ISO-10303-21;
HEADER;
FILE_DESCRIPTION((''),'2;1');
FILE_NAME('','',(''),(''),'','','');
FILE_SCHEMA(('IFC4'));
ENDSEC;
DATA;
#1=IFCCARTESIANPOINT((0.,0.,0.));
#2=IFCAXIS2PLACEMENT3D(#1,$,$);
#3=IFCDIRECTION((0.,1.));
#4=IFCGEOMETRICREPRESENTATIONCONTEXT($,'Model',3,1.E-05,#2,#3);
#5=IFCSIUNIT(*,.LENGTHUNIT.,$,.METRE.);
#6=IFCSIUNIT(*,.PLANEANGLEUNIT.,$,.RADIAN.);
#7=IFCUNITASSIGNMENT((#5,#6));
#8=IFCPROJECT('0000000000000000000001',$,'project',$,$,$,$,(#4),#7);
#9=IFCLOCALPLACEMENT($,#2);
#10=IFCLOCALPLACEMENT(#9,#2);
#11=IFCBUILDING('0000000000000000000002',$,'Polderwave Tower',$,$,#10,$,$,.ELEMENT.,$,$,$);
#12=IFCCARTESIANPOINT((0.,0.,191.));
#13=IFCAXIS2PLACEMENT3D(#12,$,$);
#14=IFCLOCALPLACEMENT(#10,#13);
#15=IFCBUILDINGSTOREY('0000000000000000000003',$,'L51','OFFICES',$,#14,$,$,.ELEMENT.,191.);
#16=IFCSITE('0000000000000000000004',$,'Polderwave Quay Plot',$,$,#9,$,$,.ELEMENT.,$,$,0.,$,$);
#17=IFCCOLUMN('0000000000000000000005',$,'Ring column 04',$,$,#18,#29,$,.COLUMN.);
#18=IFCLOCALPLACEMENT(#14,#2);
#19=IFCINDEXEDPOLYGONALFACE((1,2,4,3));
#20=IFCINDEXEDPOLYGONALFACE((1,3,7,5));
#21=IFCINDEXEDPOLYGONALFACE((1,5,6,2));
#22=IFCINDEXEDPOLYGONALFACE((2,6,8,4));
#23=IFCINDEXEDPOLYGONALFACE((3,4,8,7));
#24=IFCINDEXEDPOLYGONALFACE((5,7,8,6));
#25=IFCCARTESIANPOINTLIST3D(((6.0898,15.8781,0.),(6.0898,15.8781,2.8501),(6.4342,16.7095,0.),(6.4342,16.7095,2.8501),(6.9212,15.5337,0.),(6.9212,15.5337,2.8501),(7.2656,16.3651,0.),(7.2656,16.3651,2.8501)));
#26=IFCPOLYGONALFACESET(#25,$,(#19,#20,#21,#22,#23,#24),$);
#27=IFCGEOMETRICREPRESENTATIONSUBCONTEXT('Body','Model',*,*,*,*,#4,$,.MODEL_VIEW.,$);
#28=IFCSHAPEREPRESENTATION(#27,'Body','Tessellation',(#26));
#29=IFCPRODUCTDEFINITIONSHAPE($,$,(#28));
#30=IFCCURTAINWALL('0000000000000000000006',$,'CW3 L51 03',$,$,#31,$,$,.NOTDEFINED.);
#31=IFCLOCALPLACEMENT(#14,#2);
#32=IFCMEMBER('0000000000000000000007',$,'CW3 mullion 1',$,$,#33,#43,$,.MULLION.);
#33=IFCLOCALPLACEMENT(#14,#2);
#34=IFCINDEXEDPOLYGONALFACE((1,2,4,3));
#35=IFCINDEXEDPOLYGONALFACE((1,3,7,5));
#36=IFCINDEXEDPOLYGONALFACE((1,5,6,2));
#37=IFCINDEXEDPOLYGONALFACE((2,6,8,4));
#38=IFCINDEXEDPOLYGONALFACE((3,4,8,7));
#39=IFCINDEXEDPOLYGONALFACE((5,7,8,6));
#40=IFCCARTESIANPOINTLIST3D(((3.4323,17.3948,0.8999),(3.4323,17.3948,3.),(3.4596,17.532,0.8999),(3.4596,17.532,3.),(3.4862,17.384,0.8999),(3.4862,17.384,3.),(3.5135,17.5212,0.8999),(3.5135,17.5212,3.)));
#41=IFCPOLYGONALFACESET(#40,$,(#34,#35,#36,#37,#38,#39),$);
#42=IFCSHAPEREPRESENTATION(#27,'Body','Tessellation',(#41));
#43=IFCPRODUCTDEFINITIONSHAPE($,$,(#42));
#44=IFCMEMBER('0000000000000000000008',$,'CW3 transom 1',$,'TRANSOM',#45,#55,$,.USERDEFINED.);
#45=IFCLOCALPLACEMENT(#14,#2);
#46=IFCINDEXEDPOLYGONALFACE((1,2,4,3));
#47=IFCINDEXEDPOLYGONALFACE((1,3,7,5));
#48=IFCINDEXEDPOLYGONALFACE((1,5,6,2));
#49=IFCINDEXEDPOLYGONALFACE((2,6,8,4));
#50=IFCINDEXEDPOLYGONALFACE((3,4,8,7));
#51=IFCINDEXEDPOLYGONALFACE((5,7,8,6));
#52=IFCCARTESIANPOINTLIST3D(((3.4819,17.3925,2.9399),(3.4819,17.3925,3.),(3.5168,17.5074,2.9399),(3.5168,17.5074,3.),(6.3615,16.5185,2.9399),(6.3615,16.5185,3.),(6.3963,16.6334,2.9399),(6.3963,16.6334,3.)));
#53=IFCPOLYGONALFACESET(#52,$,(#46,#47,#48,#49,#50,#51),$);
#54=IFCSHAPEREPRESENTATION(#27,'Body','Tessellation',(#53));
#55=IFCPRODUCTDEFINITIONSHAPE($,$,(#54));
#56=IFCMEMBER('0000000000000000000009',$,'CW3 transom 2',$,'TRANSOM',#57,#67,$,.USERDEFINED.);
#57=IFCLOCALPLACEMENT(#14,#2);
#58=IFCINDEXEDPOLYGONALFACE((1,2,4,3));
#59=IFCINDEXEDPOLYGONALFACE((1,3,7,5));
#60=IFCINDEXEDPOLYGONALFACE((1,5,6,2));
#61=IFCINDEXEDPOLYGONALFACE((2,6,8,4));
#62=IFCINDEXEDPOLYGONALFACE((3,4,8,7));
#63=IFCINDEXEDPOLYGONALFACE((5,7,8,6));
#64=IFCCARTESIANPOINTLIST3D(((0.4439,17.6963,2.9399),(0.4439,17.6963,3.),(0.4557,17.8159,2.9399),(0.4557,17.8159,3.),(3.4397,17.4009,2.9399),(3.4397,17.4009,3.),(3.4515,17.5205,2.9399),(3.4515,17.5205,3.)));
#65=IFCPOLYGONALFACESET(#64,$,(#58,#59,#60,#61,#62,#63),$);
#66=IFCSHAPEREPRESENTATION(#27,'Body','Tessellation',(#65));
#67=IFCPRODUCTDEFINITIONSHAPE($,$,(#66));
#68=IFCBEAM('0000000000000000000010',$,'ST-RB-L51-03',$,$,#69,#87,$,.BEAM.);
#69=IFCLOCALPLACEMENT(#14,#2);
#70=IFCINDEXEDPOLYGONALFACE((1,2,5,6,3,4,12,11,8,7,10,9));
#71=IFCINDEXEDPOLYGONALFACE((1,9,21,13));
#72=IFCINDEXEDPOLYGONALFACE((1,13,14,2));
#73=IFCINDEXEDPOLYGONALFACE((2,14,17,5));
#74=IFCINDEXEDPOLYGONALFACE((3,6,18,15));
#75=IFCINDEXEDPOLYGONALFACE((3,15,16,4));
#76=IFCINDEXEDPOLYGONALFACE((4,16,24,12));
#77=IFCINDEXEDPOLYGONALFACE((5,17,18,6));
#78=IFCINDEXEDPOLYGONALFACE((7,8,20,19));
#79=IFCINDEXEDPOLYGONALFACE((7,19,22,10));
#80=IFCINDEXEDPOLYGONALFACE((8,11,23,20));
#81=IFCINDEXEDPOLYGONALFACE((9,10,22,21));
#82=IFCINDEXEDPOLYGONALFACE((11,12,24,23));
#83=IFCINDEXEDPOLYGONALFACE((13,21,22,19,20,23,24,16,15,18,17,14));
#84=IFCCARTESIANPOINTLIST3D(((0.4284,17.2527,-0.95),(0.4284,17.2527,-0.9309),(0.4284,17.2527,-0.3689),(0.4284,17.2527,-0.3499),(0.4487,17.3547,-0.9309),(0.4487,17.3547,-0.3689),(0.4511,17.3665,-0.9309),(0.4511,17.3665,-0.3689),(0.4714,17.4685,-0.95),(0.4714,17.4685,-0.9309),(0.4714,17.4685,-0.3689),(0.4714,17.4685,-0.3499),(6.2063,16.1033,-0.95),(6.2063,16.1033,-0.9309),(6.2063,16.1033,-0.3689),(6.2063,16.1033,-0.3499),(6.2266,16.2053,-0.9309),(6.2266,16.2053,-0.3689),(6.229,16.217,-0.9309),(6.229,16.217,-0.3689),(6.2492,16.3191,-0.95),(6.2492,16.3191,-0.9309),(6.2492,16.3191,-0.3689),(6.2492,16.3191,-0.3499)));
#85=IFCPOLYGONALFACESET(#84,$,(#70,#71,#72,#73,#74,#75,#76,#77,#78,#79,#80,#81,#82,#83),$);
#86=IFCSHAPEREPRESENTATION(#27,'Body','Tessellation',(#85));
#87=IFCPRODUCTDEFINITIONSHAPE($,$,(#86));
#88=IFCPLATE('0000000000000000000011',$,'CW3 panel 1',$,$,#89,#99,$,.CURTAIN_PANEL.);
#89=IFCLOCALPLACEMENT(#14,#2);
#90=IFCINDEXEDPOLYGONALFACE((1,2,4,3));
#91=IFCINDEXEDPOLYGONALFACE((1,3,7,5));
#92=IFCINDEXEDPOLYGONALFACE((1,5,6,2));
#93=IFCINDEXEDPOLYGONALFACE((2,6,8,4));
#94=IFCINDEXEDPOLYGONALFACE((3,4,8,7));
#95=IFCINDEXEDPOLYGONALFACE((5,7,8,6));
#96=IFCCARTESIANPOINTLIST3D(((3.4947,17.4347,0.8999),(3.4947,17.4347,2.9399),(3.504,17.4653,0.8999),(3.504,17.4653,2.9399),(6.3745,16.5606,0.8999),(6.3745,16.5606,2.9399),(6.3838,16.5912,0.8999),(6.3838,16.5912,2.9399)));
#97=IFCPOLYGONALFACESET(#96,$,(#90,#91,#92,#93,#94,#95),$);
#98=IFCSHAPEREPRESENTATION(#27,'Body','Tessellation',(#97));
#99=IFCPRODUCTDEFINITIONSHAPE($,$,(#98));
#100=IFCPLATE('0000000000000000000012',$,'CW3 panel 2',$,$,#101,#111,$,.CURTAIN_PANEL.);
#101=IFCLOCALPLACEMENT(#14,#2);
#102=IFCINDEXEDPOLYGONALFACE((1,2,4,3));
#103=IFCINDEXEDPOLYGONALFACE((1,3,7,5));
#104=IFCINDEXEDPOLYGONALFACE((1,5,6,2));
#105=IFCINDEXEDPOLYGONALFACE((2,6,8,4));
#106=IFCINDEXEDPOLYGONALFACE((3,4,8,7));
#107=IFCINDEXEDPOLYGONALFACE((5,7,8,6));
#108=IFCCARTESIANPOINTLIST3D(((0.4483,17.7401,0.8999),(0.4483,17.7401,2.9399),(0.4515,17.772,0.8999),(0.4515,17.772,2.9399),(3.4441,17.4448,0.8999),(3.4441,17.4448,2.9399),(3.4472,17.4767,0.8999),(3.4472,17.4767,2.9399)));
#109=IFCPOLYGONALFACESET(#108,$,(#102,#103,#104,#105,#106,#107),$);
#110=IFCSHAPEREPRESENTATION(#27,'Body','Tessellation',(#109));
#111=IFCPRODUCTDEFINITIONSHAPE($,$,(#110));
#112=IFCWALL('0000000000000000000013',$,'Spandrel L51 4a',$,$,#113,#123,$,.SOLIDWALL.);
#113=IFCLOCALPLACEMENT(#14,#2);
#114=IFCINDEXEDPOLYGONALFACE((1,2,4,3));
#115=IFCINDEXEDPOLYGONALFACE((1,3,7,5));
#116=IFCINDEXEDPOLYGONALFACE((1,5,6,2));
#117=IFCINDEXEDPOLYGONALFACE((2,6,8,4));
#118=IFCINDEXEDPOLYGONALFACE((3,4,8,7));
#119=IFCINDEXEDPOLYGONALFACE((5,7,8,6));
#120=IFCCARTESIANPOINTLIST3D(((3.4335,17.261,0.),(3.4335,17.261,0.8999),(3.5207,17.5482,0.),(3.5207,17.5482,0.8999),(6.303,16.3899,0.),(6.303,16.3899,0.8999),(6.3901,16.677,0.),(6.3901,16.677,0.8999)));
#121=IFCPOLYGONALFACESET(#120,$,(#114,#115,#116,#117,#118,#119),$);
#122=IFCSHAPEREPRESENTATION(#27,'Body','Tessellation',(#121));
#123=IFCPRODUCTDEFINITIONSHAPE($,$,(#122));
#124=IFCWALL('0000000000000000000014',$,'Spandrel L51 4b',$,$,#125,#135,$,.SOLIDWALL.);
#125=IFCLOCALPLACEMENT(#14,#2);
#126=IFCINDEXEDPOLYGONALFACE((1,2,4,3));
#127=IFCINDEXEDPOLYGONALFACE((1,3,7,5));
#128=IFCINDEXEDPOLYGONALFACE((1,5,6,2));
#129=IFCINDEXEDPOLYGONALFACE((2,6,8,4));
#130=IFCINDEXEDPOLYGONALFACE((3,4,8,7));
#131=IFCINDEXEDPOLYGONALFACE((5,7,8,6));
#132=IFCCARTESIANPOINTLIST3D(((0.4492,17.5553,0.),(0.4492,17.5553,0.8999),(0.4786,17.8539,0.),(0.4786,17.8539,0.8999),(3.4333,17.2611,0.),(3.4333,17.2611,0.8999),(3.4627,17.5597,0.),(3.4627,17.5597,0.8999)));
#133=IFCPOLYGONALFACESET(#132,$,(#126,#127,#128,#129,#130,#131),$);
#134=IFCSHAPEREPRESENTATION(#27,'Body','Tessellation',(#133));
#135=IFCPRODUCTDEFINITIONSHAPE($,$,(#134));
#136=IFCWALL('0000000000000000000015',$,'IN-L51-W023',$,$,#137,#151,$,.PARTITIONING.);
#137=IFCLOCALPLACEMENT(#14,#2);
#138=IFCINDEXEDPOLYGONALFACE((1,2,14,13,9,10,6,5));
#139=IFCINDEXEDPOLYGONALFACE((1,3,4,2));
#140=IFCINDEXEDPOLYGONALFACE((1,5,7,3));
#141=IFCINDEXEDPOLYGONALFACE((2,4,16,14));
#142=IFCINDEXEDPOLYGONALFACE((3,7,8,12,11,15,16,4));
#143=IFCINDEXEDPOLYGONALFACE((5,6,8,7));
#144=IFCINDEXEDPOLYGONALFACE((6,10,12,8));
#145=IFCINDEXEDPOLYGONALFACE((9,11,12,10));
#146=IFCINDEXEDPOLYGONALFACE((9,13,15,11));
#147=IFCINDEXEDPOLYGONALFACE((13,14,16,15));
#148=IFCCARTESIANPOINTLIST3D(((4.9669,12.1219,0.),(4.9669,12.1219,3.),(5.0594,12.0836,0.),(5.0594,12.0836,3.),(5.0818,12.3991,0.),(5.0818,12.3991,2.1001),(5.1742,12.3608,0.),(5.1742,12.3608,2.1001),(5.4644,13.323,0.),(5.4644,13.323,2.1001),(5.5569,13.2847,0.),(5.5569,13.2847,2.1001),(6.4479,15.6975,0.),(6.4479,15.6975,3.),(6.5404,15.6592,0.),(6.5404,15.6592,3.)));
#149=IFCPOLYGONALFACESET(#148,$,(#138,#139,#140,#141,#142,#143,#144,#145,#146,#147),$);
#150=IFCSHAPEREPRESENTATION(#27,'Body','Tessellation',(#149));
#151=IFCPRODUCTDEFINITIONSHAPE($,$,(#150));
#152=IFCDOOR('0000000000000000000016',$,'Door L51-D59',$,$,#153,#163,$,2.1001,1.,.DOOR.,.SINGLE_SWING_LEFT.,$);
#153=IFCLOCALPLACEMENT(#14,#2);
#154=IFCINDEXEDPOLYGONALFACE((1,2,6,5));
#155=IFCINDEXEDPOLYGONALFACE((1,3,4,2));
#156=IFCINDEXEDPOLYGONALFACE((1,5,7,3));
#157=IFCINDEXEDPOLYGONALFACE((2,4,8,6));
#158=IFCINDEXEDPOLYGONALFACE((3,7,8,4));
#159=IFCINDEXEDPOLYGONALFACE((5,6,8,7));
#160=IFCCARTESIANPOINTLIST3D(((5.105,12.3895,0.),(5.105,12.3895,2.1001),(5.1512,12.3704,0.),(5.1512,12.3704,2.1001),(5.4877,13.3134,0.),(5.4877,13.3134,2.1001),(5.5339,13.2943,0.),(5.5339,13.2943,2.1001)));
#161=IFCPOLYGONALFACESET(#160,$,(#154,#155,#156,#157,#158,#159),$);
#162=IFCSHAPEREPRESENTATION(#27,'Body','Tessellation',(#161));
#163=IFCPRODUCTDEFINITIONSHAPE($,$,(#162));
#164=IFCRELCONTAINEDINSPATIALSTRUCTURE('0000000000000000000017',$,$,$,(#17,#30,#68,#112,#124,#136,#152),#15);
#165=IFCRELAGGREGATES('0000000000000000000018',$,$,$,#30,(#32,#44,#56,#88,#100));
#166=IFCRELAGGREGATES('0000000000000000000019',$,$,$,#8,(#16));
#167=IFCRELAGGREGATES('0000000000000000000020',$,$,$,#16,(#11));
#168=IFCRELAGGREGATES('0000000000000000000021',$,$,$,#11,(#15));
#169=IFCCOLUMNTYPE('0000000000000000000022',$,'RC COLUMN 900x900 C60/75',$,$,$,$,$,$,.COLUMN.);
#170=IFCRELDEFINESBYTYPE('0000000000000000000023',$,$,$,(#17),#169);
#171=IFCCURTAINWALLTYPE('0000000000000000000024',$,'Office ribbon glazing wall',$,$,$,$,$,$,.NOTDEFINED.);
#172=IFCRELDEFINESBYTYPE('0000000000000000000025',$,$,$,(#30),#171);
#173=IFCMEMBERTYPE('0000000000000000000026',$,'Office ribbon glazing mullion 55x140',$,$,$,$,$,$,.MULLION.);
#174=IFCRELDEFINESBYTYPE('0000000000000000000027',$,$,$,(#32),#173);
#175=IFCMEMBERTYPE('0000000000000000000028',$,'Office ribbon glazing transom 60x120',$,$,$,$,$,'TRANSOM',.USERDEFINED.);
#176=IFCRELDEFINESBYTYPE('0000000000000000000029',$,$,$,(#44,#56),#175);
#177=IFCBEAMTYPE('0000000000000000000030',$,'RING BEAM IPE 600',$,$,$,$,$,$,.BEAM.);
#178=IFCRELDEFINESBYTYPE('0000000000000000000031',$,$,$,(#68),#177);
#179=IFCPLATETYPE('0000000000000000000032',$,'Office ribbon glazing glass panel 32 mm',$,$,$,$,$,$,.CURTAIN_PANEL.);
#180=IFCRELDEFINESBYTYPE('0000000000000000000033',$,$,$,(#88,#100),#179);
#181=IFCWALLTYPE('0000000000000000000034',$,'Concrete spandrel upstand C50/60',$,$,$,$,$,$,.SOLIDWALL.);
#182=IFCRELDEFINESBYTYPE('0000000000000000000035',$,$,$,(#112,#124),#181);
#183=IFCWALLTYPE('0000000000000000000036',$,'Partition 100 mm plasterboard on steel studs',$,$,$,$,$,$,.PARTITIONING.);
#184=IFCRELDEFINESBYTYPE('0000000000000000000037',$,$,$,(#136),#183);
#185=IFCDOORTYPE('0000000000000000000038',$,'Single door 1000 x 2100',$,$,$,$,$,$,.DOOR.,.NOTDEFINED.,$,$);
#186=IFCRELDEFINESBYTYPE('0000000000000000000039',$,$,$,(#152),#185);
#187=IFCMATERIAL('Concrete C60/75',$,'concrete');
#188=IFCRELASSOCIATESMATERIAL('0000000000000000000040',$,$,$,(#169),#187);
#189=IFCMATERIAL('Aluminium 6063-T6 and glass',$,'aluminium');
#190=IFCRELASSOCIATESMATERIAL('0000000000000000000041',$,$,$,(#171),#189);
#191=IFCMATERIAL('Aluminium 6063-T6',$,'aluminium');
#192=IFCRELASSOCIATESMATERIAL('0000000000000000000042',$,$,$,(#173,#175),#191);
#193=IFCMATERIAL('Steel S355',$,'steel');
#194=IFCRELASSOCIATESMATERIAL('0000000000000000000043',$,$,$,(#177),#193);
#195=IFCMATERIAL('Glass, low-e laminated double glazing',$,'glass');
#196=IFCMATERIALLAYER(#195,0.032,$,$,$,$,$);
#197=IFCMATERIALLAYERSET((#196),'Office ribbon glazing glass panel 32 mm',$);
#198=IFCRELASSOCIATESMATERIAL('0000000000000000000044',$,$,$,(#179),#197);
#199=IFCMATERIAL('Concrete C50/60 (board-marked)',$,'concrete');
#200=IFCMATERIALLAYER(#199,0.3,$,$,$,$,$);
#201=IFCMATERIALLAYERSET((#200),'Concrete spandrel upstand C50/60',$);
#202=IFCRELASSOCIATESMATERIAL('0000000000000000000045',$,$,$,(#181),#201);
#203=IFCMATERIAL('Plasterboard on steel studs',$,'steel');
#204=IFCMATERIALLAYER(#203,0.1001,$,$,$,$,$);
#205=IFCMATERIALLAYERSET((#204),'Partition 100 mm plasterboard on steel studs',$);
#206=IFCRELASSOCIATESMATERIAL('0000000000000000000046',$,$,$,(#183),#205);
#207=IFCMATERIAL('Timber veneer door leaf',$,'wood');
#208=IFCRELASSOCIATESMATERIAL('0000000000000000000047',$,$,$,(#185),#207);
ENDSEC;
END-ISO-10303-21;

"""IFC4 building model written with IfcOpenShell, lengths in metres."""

from ifc_helpers import new_model, si_unit, direction, frame, frame_2d, origin, origin_2d, place, context, subcontext, project, spatial, rectangle, i_section, extrude, material, layer, layer_set, material_profile, profile_set, type_object, element, fill, aggregate, save


model = new_model("IFC4")

# Units and contexts
model_context = context("Model", 3, precision=1e-05, world=origin(), true_north=direction((0.0, 1.0)))
body_context = subcontext(model_context, "Body", "Model", "MODEL_VIEW")
ifc_project = project(units=[si_unit("LENGTHUNIT", "METRE"), si_unit("PLANEANGLEUNIT", "RADIAN")], contexts=[model_context])

# Site, building, storey
site_placement = place(None, origin())
site = spatial("IfcSite", under=ifc_project, at=site_placement, Name="Polderwave Quay Plot", CompositionType="ELEMENT", RefElevation=0.0)
building_placement = place(site_placement, origin())
building = spatial("IfcBuilding", under=site, at=building_placement, Name="Polderwave Tower", CompositionType="ELEMENT")
storey_placement = place(building_placement, frame((0.0, 0.0, 191.0)))
storey = spatial("IfcBuildingStorey", under=building, at=storey_placement, Name="L51", Description="OFFICES", CompositionType="ELEMENT", Elevation=191.0)

# Column
ifc_material_1 = material(Name="Concrete C60/75", Category="concrete")
ifc_material_profile_1 = material_profile(ifc_material_1, rectangle(XDim=0.8999, YDim=0.8999, at=origin_2d()), Name="RC 900x900")
ifc_profile_set_1 = profile_set([ifc_material_profile_1], Name="Concrete C60/75")
column_type = type_object("IfcColumnType", Name="RC COLUMN 900x900 C60/75", PredefinedType="COLUMN", material=ifc_profile_set_1)
column_placement = place(storey_placement, frame((6.6777, 16.1216, 0.0), z_axis=(0.0, 0.0, 1.0), x_axis=(0.382683, 0.92388, 0.0)))
element("IfcColumn", 1, at=column_placement, inside=storey, type_object=column_type, Name="Ring column 04", PredefinedType="COLUMN", context=body_context, shape_type="SweptSolid", body=[
    extrude(rectangle(XDim=0.8999, YDim=0.8999, at=origin_2d()), origin(), (0.0, 0.0, 1.0), 2.8501),
])

# Curtain wall, members
ifc_material_2 = material(Name="Aluminium 6063-T6 and glass", Category="aluminium")
curtain_wall_type = type_object("IfcCurtainWallType", Name="Office ribbon glazing wall", PredefinedType="NOTDEFINED", material=ifc_material_2)
curtain_wall_placement = place(storey_placement, origin())
curtain_wall = element("IfcCurtainWall", 2, at=curtain_wall_placement, inside=storey, type_object=curtain_wall_type, Name="CW3 L51 03", PredefinedType="NOTDEFINED")
ifc_material_3 = material(Name="Aluminium 6063-T6", Category="aluminium")
ifc_material_profile_2 = material_profile(ifc_material_3, rectangle(XDim=0.1399, YDim=0.0549, at=origin_2d()), Name="AL 55x140")
ifc_profile_set_2 = profile_set([ifc_material_profile_2], Name="Aluminium 6063-T6")
member_type_1 = type_object("IfcMemberType", Name="Office ribbon glazing mullion 55x140", PredefinedType="MULLION", material=ifc_profile_set_2)
member_1_placement = place(storey_placement, frame((3.4729, 17.458, 0.8999), z_axis=(0.0, 0.0, 1.0), x_axis=(-0.195205, -0.980762, 0.0)))
member_1 = element("IfcMember", 3, at=member_1_placement, type_object=member_type_1, Name="CW3 mullion 1", PredefinedType="MULLION", context=body_context, shape_type="SweptSolid", body=[
    extrude(rectangle(XDim=0.1399, YDim=0.0549, at=origin_2d()), origin(), (0.0, 0.0, 1.0), 2.1001),
])
ifc_material_profile_3 = material_profile(ifc_material_3, rectangle(XDim=0.1201, YDim=0.0601, at=origin_2d()), Name="AL 60x120")
ifc_profile_set_3 = profile_set([ifc_material_profile_3], Name="Aluminium 6063-T6")
member_type_2 = type_object("IfcMemberType", Name="Office ribbon glazing transom 60x120", ElementType="TRANSOM", PredefinedType="USERDEFINED", material=ifc_profile_set_3)
member_2_placement = place(storey_placement, frame((6.3789, 16.5759, 2.97), z_axis=(-0.956895, 0.290435, 0.0), x_axis=(-0.290435, -0.956895, 0.0)))
member_2 = element("IfcMember", 4, at=member_2_placement, type_object=member_type_2, Name="CW3 transom 1", ObjectType="TRANSOM", PredefinedType="USERDEFINED", context=body_context, shape_type="SweptSolid", body=[
    extrude(rectangle(XDim=0.1201, YDim=0.0601, at=origin_2d()), origin(), (0.0, 0.0, 1.0), 3.0093),
])
member_3_placement = place(storey_placement, frame((3.4456, 17.4607, 2.97), z_axis=(-0.995173, 0.098138, 0.0), x_axis=(-0.098138, -0.995173, 0.0)))
member_3 = element("IfcMember", 5, at=member_3_placement, type_object=member_type_2, Name="CW3 transom 2", ObjectType="TRANSOM", PredefinedType="USERDEFINED", context=body_context, shape_type="SweptSolid", body=[
    extrude(rectangle(XDim=0.1201, YDim=0.0601, at=origin_2d()), origin(), (0.0, 0.0, 1.0), 3.0103),
])

# Beam
ifc_material_4 = material(Name="Steel S355", Category="steel")
ifc_material_profile_4 = material_profile(ifc_material_4, i_section(OverallWidth=0.22, OverallDepth=0.6001, WebThickness=0.012, FlangeThickness=0.019, at=origin_2d()), Name="IPE 600")
ifc_profile_set_4 = profile_set([ifc_material_profile_4], Name="Steel S355")
beam_type = type_object("IfcBeamType", Name="RING BEAM IPE 600", PredefinedType="BEAM", material=ifc_profile_set_4)
beam_placement = place(storey_placement, frame((6.2278, 16.2112, -0.6499), z_axis=(-0.980781, 0.195112, 0.0), x_axis=(-0.195112, -0.980781, 0.0)))
element("IfcBeam", 6, at=beam_placement, inside=storey, type_object=beam_type, Name="ST-RB-L51-03", PredefinedType="BEAM", context=body_context, shape_type="SweptSolid", body=[
    extrude(i_section(OverallWidth=0.22, OverallDepth=0.6001, WebThickness=0.012, FlangeThickness=0.019, at=origin_2d()), origin(), (0.0, 0.0, 1.0), 5.8911),
])

# Plates
ifc_material_5 = material(Name="Glass, low-e laminated double glazing", Category="glass")
ifc_layer_1 = layer(ifc_material_5, 0.032)
ifc_layer_set_1 = layer_set([ifc_layer_1], Name="Office ribbon glazing glass panel 32 mm")
plate_type = type_object("IfcPlateType", Name="Office ribbon glazing glass panel 32 mm", PredefinedType="CURTAIN_PANEL", material=ifc_layer_set_1)
plate_1_placement = place(storey_placement, frame((4.9392, 17.0129, 0.8999), z_axis=(0.0, 0.0, 1.0), x_axis=(-0.956897, 0.290428, 0.0)))
plate_1 = element("IfcPlate", 7, at=plate_1_placement, type_object=plate_type, Name="CW3 panel 1", PredefinedType="CURTAIN_PANEL", context=body_context, shape_type="SweptSolid", body=[
    extrude(rectangle(XDim=3.0095, YDim=0.032, at=origin_2d()), origin(), (0.0, 0.0, 1.0), 2.04),
])
plate_2_placement = place(storey_placement, frame((1.9478, 17.6084, 0.8999), z_axis=(0.0, 0.0, 1.0), x_axis=(-0.995176, 0.098102, 0.0)))
plate_2 = element("IfcPlate", 8, at=plate_2_placement, type_object=plate_type, Name="CW3 panel 2", PredefinedType="CURTAIN_PANEL", context=body_context, shape_type="SweptSolid", body=[
    extrude(rectangle(XDim=3.0103, YDim=0.032, at=origin_2d()), origin(), (0.0, 0.0, 1.0), 2.04),
])
aggregate(curtain_wall, [member_1, member_2, member_3, plate_1, plate_2])

# Walls
ifc_material_6 = material(Name="Concrete C50/60 (board-marked)", Category="concrete")
ifc_layer_2 = layer(ifc_material_6, 0.3)
ifc_layer_set_2 = layer_set([ifc_layer_2], Name="Concrete spandrel upstand C50/60")
wall_type_1 = type_object("IfcWallType", Name="Concrete spandrel upstand C50/60", PredefinedType="SOLIDWALL", material=ifc_layer_set_2)
wall_1_placement = place(storey_placement, frame((6.3467, 16.5334, 0.0), z_axis=(0.0, 0.0, 1.0), x_axis=(-0.956878, 0.290491, 0.0)))
element("IfcWall", 9, at=wall_1_placement, inside=storey, type_object=wall_type_1, Name="Spandrel L51 4a", PredefinedType="SOLIDWALL", context=body_context, shape_type="SweptSolid", body=[
    extrude(rectangle(XDim=2.9988, YDim=0.3, at=frame_2d((1.4995, 0.0))), origin(), (0.0, 0.0, 1.0), 0.8999),
])
wall_2_placement = place(storey_placement, frame((3.448, 17.4104, 0.0), z_axis=(0.0, 0.0, 1.0), x_axis=(-0.995176, 0.098109, 0.0)))
element("IfcWall", 10, at=wall_2_placement, inside=storey, type_object=wall_type_1, Name="Spandrel L51 4b", PredefinedType="SOLIDWALL", context=body_context, shape_type="SweptSolid", body=[
    extrude(rectangle(XDim=2.9985, YDim=0.3, at=frame_2d((1.4993, 0.0))), origin(), (0.0, 0.0, 1.0), 0.8999),
])

# Wall, opening, door
ifc_material_7 = material(Name="Plasterboard on steel studs", Category="steel")
ifc_layer_3 = layer(ifc_material_7, 0.1001)
ifc_layer_set_3 = layer_set([ifc_layer_3], Name="Partition 100 mm plasterboard on steel studs")
wall_type_2 = type_object("IfcWallType", Name="Partition 100 mm plasterboard on steel studs", PredefinedType="PARTITIONING", material=ifc_layer_set_3)
wall_3_placement = place(storey_placement, frame((5.0132, 12.1028, 0.0), z_axis=(0.0, 0.0, 1.0), x_axis=(0.382675, 0.923883, 0.0)))
wall_3 = element("IfcWall", 11, at=wall_3_placement, inside=storey, type_object=wall_type_2, Name="IN-L51-W023", PredefinedType="PARTITIONING", context=body_context, shape_type="SweptSolid", body=[
    extrude(rectangle(XDim=3.8701, YDim=0.1001, at=frame_2d((1.9351, 0.0))), origin(), (0.0, 0.0, 1.0), 3.0),
])
opening_1_placement = place(wall_3_placement, frame((0.3, 0.0, 0.0)))
opening_1 = element("IfcOpeningElement", 12, at=opening_1_placement, cuts=wall_3, PredefinedType="OPENING", context=body_context, shape_type="SweptSolid", body=[
    extrude(rectangle(XDim=1.0, YDim=2.1001, at=frame_2d((0.5, 1.05))), frame((0.0, 0.0601, 0.0), z_axis=(0.0, -1.0, 0.0), x_axis=(1.0, 0.0, 0.0)), (0.0, 0.0, 1.0), 0.1201),
])
ifc_material_8 = material(Name="Timber veneer door leaf", Category="wood")
door_type = type_object("IfcDoorType", Name="Single door 1000 x 2100", OperationType="NOTDEFINED", PredefinedType="DOOR", material=ifc_material_8)
door_1_placement = place(opening_1_placement, origin())
door_1 = element("IfcDoor", 13, at=door_1_placement, inside=storey, type_object=door_type, Name="Door L51-D59", OperationType="SINGLE_SWING_LEFT", OverallHeight=2.1001, OverallWidth=1.0, PredefinedType="DOOR", context=body_context, shape_type="SweptSolid", body=[
    extrude(rectangle(XDim=1.0, YDim=2.1001, at=frame_2d((0.5, 1.05))), frame((0.0, 0.0249, 0.0), z_axis=(0.0, -1.0, 0.0), x_axis=(1.0, 0.0, 0.0)), (0.0, 0.0, 1.0), 0.05),
])
fill(opening_1, door_1)

save(model, "model.ifc")
